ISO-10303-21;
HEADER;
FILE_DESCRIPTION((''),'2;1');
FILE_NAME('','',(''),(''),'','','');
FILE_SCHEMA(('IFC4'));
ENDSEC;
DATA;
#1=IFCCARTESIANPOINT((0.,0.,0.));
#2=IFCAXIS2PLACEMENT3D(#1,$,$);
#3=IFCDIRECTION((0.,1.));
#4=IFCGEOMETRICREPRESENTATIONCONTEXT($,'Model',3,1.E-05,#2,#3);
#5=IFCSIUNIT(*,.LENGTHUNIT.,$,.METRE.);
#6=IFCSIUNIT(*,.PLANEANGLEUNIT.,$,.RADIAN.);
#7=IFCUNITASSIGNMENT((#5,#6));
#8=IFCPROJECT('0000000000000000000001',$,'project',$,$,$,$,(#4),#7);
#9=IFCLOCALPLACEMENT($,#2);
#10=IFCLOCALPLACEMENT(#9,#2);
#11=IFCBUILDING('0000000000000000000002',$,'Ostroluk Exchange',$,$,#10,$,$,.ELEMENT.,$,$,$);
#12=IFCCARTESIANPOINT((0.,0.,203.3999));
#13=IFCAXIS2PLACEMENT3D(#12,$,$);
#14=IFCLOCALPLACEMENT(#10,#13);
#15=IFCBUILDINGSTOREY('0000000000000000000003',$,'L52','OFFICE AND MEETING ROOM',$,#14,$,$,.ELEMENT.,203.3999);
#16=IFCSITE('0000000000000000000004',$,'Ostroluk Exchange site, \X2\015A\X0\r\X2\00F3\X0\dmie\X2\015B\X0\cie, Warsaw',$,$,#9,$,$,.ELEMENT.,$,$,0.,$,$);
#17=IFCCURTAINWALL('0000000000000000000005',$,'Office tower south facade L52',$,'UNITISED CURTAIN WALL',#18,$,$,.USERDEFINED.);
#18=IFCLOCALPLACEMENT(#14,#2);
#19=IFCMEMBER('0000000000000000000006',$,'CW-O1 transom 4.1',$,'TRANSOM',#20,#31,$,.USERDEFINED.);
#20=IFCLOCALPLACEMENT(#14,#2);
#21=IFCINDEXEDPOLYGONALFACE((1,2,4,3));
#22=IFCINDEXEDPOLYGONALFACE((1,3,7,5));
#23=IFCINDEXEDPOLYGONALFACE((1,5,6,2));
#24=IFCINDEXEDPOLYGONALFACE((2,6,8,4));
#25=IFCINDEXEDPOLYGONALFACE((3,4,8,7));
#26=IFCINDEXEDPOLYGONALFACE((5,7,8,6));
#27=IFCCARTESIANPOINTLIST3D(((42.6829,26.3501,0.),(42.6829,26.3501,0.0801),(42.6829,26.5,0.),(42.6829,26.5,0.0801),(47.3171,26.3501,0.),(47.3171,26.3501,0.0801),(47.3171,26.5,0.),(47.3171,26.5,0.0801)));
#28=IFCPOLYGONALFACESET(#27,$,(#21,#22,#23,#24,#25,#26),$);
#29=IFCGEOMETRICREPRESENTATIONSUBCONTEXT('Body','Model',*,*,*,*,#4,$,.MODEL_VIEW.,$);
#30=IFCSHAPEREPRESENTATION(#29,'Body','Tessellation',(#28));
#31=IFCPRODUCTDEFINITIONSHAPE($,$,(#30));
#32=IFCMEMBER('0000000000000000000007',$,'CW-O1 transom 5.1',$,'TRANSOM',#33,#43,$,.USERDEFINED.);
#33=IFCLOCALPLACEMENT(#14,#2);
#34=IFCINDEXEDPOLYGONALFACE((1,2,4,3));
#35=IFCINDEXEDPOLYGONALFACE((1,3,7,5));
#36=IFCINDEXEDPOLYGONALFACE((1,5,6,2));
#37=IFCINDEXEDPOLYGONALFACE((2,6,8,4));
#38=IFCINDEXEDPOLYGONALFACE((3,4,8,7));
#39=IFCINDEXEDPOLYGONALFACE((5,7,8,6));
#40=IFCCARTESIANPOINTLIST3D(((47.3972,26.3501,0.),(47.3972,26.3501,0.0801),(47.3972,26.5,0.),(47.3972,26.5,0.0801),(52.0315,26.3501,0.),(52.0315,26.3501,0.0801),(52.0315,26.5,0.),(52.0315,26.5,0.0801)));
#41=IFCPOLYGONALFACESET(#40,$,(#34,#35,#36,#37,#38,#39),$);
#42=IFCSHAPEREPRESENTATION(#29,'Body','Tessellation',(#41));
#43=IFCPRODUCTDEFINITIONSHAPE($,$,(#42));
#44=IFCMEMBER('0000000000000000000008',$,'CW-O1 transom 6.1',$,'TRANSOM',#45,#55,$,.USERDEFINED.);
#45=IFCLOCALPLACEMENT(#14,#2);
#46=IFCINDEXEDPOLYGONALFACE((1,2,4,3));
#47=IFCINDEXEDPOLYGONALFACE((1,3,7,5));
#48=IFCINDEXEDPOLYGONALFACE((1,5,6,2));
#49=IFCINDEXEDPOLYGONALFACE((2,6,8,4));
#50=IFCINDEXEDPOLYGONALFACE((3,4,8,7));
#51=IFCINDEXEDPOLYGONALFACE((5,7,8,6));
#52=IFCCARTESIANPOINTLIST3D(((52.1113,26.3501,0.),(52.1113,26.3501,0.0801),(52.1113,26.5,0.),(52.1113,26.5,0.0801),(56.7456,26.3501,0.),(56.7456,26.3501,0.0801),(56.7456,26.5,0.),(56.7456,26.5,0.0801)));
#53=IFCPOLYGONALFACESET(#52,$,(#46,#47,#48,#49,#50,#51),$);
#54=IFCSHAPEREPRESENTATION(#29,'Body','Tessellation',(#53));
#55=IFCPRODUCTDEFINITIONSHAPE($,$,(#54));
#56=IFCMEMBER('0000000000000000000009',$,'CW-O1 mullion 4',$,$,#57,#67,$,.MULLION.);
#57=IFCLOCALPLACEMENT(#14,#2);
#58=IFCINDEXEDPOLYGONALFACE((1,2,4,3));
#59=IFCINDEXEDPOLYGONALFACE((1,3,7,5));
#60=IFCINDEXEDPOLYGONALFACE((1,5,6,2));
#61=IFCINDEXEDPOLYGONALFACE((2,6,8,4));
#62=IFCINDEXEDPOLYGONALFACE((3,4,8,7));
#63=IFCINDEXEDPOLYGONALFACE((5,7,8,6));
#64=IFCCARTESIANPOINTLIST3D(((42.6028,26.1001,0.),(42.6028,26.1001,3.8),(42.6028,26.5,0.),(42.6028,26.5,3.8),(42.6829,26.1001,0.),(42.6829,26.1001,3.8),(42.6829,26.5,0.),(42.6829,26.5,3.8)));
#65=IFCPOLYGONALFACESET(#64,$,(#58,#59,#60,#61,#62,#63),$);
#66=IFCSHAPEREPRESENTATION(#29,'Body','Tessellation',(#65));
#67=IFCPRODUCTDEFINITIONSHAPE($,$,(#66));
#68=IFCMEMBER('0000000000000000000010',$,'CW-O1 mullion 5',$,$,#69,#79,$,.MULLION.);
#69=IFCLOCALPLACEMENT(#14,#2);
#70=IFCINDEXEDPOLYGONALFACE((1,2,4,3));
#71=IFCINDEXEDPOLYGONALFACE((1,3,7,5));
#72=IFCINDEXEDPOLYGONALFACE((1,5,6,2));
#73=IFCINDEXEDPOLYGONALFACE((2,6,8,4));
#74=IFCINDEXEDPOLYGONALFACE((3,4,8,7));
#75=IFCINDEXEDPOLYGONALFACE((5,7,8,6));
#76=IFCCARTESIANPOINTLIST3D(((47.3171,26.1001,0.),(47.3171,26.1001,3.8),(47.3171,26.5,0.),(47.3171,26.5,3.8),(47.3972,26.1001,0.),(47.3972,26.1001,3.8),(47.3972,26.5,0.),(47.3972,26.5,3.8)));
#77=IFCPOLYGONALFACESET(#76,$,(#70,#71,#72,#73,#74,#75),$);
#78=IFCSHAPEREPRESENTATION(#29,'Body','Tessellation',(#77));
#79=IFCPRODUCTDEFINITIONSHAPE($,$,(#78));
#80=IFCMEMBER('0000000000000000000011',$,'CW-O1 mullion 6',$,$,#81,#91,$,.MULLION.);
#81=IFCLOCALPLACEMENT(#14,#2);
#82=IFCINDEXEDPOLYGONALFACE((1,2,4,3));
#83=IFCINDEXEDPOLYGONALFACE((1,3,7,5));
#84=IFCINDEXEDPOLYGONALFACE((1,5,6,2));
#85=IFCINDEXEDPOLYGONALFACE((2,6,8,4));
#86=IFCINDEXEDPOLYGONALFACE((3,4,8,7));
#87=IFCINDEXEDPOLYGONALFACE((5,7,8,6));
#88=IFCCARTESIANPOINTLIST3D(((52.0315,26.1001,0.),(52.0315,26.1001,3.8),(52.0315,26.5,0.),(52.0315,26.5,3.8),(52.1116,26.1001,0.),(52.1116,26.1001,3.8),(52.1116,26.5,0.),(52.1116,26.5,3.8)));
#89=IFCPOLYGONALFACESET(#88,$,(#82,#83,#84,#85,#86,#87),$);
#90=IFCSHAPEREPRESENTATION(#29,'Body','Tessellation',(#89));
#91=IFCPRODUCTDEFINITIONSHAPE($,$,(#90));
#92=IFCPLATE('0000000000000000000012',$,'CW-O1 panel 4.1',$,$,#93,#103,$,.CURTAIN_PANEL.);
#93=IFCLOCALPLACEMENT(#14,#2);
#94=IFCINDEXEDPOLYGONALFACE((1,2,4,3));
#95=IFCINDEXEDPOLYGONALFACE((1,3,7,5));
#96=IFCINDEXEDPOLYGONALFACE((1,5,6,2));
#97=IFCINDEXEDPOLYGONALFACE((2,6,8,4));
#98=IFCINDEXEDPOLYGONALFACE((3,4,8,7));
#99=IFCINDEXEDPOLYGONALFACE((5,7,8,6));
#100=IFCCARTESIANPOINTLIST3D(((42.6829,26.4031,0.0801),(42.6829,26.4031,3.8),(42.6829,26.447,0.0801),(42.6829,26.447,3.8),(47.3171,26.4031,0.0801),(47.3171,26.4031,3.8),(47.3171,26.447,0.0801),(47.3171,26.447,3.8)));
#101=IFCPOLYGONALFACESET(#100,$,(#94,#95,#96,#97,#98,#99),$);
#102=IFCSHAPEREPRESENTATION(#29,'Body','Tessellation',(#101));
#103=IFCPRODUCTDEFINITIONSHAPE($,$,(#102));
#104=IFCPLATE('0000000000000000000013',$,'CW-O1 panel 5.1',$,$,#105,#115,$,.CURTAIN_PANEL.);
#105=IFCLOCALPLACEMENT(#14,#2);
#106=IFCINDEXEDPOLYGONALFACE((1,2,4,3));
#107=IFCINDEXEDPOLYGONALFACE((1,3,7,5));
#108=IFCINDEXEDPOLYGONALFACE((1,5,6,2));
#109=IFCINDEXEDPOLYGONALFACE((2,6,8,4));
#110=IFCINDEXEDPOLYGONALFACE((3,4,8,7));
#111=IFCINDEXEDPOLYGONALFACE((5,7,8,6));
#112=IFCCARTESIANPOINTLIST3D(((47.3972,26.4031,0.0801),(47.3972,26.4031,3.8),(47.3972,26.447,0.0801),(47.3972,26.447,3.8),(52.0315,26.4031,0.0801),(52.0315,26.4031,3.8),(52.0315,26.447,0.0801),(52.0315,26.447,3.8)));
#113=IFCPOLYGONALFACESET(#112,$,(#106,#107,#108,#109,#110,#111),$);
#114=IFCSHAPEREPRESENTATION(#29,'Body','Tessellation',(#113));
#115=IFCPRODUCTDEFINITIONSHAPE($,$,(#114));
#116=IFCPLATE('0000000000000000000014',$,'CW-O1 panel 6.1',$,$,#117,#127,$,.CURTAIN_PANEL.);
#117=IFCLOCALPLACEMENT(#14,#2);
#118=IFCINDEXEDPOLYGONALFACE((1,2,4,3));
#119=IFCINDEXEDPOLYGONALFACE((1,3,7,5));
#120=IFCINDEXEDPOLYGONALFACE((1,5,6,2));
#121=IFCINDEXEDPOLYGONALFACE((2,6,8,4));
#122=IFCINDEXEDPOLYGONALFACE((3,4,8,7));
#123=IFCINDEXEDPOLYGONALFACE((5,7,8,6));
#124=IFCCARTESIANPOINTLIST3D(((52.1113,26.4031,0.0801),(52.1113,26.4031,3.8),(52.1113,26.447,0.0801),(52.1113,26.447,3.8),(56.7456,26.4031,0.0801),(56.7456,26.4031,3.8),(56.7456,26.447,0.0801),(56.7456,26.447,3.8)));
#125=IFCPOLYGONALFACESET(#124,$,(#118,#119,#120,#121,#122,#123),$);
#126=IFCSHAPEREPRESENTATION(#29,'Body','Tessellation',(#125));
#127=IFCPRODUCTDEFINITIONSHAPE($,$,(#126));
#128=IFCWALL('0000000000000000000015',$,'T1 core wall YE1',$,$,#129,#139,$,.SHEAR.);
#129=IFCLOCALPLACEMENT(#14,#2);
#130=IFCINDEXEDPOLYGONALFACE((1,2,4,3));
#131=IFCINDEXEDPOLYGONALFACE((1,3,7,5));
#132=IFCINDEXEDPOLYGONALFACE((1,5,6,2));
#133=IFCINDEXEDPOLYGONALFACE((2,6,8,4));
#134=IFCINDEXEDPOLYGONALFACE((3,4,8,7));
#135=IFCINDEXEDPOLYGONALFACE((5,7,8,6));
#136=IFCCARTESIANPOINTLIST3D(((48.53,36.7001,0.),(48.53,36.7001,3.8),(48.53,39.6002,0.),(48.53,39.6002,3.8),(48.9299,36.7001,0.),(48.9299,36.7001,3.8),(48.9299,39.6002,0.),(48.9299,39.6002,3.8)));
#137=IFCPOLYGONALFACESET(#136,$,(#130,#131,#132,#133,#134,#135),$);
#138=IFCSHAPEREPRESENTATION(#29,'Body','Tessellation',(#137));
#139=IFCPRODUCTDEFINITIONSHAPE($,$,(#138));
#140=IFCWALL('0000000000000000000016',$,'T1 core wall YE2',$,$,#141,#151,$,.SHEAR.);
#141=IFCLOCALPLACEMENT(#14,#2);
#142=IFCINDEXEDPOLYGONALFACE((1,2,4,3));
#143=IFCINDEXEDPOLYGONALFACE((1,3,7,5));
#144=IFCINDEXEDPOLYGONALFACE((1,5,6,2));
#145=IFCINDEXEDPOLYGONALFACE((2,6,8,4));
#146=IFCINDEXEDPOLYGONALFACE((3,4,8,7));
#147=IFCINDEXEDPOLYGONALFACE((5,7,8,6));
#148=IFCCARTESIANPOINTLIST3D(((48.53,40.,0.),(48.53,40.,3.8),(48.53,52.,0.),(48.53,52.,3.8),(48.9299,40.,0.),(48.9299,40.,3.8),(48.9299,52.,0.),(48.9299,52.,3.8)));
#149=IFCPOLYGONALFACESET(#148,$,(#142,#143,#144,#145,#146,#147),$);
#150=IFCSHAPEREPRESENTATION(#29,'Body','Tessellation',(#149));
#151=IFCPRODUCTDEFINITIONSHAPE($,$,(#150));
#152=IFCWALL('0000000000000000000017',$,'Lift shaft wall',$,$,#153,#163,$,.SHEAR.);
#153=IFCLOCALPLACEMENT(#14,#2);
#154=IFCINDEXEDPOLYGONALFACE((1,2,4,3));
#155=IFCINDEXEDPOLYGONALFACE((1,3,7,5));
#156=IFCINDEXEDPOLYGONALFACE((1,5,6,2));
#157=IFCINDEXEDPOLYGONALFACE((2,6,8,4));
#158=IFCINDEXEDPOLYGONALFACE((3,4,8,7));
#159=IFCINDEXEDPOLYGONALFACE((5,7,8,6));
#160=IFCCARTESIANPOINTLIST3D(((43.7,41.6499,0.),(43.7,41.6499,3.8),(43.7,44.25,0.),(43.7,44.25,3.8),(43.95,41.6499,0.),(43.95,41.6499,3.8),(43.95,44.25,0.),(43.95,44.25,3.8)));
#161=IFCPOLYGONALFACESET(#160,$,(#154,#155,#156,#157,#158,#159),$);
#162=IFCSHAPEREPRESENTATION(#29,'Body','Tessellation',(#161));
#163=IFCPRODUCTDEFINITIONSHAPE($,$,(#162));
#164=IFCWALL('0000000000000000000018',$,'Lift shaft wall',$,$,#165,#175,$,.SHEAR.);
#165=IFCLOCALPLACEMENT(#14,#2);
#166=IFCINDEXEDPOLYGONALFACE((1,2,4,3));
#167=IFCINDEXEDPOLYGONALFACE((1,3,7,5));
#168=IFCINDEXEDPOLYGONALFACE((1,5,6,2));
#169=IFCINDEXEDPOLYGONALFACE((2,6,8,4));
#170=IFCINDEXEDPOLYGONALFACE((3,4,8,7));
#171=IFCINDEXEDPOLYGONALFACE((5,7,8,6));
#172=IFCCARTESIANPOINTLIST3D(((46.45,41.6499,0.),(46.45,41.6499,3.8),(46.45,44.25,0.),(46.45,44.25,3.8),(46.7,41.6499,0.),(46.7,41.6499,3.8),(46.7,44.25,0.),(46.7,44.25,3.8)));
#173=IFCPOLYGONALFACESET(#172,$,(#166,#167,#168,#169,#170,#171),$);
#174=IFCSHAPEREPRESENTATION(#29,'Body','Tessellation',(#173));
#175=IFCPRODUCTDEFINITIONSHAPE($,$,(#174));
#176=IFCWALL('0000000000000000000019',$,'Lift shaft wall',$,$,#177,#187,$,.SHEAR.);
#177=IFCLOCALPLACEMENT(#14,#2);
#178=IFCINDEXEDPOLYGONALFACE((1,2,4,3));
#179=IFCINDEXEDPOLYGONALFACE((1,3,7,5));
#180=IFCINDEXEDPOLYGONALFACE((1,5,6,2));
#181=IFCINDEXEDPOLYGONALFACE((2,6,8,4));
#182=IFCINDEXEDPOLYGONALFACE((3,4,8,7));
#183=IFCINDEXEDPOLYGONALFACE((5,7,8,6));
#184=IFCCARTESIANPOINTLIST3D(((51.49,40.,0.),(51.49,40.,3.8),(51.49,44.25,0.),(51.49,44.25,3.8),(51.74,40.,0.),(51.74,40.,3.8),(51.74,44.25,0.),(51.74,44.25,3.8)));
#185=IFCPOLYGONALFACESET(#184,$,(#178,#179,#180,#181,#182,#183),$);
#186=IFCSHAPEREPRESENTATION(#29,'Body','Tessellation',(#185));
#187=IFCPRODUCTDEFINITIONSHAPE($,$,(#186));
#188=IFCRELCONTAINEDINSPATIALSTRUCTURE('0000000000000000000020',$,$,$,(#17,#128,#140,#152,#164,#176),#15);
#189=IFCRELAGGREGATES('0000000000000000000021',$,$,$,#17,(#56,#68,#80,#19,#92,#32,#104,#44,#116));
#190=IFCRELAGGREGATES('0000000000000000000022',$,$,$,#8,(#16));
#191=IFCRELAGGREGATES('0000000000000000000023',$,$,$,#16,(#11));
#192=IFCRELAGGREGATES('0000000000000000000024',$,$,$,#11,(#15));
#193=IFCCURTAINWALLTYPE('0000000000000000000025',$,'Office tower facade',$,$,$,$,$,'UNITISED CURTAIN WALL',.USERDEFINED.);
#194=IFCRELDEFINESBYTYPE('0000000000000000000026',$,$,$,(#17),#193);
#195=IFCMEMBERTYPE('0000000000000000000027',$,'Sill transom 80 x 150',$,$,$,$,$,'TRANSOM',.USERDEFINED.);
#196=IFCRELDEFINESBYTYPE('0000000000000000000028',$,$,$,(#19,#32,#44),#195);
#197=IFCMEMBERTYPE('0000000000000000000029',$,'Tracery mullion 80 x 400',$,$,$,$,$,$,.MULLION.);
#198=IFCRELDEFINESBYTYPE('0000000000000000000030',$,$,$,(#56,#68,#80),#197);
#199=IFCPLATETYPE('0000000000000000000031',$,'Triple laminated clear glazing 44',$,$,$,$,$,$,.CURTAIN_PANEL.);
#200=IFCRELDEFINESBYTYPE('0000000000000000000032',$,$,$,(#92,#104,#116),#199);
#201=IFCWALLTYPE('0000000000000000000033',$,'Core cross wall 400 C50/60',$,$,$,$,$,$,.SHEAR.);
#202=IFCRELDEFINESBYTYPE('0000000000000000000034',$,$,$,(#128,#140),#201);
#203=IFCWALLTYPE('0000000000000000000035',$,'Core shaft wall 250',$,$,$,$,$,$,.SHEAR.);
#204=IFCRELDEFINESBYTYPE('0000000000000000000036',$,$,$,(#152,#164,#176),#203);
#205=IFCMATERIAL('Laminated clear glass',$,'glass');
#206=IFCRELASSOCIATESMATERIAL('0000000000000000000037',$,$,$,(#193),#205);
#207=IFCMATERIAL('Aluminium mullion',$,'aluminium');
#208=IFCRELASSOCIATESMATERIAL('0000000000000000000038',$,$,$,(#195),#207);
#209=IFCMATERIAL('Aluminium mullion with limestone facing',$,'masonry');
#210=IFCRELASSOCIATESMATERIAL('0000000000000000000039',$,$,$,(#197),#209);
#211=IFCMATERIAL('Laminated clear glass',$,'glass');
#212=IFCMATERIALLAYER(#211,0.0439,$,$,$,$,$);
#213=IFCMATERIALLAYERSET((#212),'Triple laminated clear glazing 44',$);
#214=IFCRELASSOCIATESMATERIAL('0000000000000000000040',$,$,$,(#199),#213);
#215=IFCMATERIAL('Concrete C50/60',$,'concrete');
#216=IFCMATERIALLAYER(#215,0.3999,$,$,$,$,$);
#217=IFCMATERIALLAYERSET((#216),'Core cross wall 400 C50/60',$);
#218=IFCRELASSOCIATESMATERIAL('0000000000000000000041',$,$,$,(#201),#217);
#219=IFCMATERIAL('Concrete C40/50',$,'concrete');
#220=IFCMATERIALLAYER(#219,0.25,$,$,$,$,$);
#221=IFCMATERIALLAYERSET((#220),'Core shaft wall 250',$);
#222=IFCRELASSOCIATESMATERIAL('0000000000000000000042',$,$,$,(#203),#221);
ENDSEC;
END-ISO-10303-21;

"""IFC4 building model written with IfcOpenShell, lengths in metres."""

from ifc_helpers import new_model, si_unit, direction, frame, frame_2d, origin, origin_2d, place, context, subcontext, project, spatial, rectangle, extrude, material, layer, layer_set, material_profile, profile_set, type_object, element, aggregate, save


model = new_model("IFC4")

# Units and contexts
model_context = context("Model", 3, precision=1e-05, world=origin(), true_north=direction((0.0, 1.0)))
body_context = subcontext(model_context, "Body", "Model", "MODEL_VIEW")
ifc_project = project(units=[si_unit("LENGTHUNIT", "METRE"), si_unit("PLANEANGLEUNIT", "RADIAN")], contexts=[model_context])

# Site, building, storey
site_placement = place(None, origin())
site = spatial("IfcSite", under=ifc_project, at=site_placement, Name="Ostroluk Exchange site, Śródmieście, Warsaw", CompositionType="ELEMENT", RefElevation=0.0)
building_placement = place(site_placement, origin())
building = spatial("IfcBuilding", under=site, at=building_placement, Name="Ostroluk Exchange", CompositionType="ELEMENT")
storey_placement = place(building_placement, frame((0.0, 0.0, 203.3999)))
storey = spatial("IfcBuildingStorey", under=building, at=storey_placement, Name="L52", Description="OFFICE AND MEETING ROOM", CompositionType="ELEMENT", Elevation=203.3999)

# Curtain wall, members, plates
ifc_material_1 = material(Name="Laminated clear glass", Category="glass")
curtain_wall_type = type_object("IfcCurtainWallType", Name="Office tower facade", ElementType="UNITISED CURTAIN WALL", PredefinedType="USERDEFINED", material=ifc_material_1)
curtain_wall_placement = place(storey_placement, origin())
curtain_wall = element("IfcCurtainWall", 1, at=curtain_wall_placement, inside=storey, type_object=curtain_wall_type, Name="Office tower south facade L52", ObjectType="UNITISED CURTAIN WALL", PredefinedType="USERDEFINED")
ifc_material_2 = material(Name="Aluminium mullion", Category="aluminium")
ifc_material_profile_1 = material_profile(ifc_material_2, rectangle(XDim=0.1499, YDim=0.0801, at=origin_2d()), Name="Sill transom 80 x 150")
ifc_profile_set_1 = profile_set([ifc_material_profile_1], Name="Aluminium mullion")
member_type_1 = type_object("IfcMemberType", Name="Sill transom 80 x 150", ElementType="TRANSOM", PredefinedType="USERDEFINED", material=ifc_profile_set_1)
member_1_placement = place(storey_placement, frame((42.6829, 26.425, 0.04), z_axis=(1.0, 0.0, 0.0), x_axis=(0.0, 1.0, 0.0)))
member_1 = element("IfcMember", 2, at=member_1_placement, type_object=member_type_1, Name="CW-O1 transom 4.1", ObjectType="TRANSOM", PredefinedType="USERDEFINED", context=body_context, shape_type="SweptSolid", body=[
    extrude(rectangle(XDim=0.1499, YDim=0.0801, at=origin_2d()), origin(), (0.0, 0.0, 1.0), 4.6343),
])
member_2_placement = place(storey_placement, frame((47.3972, 26.425, 0.04), z_axis=(1.0, 0.0, 0.0), x_axis=(0.0, 1.0, 0.0)))
member_2 = element("IfcMember", 3, at=member_2_placement, type_object=member_type_1, Name="CW-O1 transom 5.1", ObjectType="TRANSOM", PredefinedType="USERDEFINED", context=body_context, shape_type="SweptSolid", body=[
    extrude(rectangle(XDim=0.1499, YDim=0.0801, at=origin_2d()), origin(), (0.0, 0.0, 1.0), 4.6343),
])
member_3_placement = place(storey_placement, frame((52.1113, 26.425, 0.04), z_axis=(1.0, 0.0, 0.0), x_axis=(0.0, 1.0, 0.0)))
member_3 = element("IfcMember", 4, at=member_3_placement, type_object=member_type_1, Name="CW-O1 transom 6.1", ObjectType="TRANSOM", PredefinedType="USERDEFINED", context=body_context, shape_type="SweptSolid", body=[
    extrude(rectangle(XDim=0.1499, YDim=0.0801, at=origin_2d()), origin(), (0.0, 0.0, 1.0), 4.6343),
])
ifc_material_3 = material(Name="Aluminium mullion with limestone facing", Category="masonry")
ifc_material_profile_2 = material_profile(ifc_material_3, rectangle(XDim=0.3999, YDim=0.0801, at=origin_2d()), Name="Tracery mullion 80 x 400")
ifc_profile_set_2 = profile_set([ifc_material_profile_2], Name="Aluminium mullion with limestone facing")
member_type_2 = type_object("IfcMemberType", Name="Tracery mullion 80 x 400", PredefinedType="MULLION", material=ifc_profile_set_2)
member_4_placement = place(storey_placement, frame((42.6428, 26.3, 0.0), z_axis=(0.0, 0.0, 1.0), x_axis=(0.0, 1.0, 0.0)))
member_4 = element("IfcMember", 5, at=member_4_placement, type_object=member_type_2, Name="CW-O1 mullion 4", PredefinedType="MULLION", context=body_context, shape_type="SweptSolid", body=[
    extrude(rectangle(XDim=0.3999, YDim=0.0801, at=origin_2d()), origin(), (0.0, 0.0, 1.0), 3.8),
])
member_5_placement = place(storey_placement, frame((47.3572, 26.3, 0.0), z_axis=(0.0, 0.0, 1.0), x_axis=(0.0, 1.0, 0.0)))
member_5 = element("IfcMember", 6, at=member_5_placement, type_object=member_type_2, Name="CW-O1 mullion 5", PredefinedType="MULLION", context=body_context, shape_type="SweptSolid", body=[
    extrude(rectangle(XDim=0.3999, YDim=0.0801, at=origin_2d()), origin(), (0.0, 0.0, 1.0), 3.8),
])
member_6_placement = place(storey_placement, frame((52.0715, 26.3, 0.0), z_axis=(0.0, 0.0, 1.0), x_axis=(0.0, 1.0, 0.0)))
member_6 = element("IfcMember", 7, at=member_6_placement, type_object=member_type_2, Name="CW-O1 mullion 6", PredefinedType="MULLION", context=body_context, shape_type="SweptSolid", body=[
    extrude(rectangle(XDim=0.3999, YDim=0.0801, at=origin_2d()), origin(), (0.0, 0.0, 1.0), 3.8),
])
ifc_material_4 = material(Name="Laminated clear glass", Category="glass")
ifc_layer_1 = layer(ifc_material_4, 0.0439)
ifc_layer_set_1 = layer_set([ifc_layer_1], Name="Triple laminated clear glazing 44")
plate_type = type_object("IfcPlateType", Name="Triple laminated clear glazing 44", PredefinedType="CURTAIN_PANEL", material=ifc_layer_set_1)
plate_1_placement = place(storey_placement, frame((45.0, 26.425, 0.0801), z_axis=(0.0, 0.0, 1.0), x_axis=(1.0, 0.0, 0.0)))
plate_1 = element("IfcPlate", 8, at=plate_1_placement, type_object=plate_type, Name="CW-O1 panel 4.1", PredefinedType="CURTAIN_PANEL", context=body_context, shape_type="SweptSolid", body=[
    extrude(rectangle(XDim=4.6343, YDim=0.0439, at=origin_2d()), origin(), (0.0, 0.0, 1.0), 3.72),
])
plate_2_placement = place(storey_placement, frame((49.7144, 26.425, 0.0801), z_axis=(0.0, 0.0, 1.0), x_axis=(1.0, 0.0, 0.0)))
plate_2 = element("IfcPlate", 9, at=plate_2_placement, type_object=plate_type, Name="CW-O1 panel 5.1", PredefinedType="CURTAIN_PANEL", context=body_context, shape_type="SweptSolid", body=[
    extrude(rectangle(XDim=4.6343, YDim=0.0439, at=origin_2d()), origin(), (0.0, 0.0, 1.0), 3.72),
])
plate_3_placement = place(storey_placement, frame((54.4285, 26.425, 0.0801), z_axis=(0.0, 0.0, 1.0), x_axis=(1.0, 0.0, 0.0)))
plate_3 = element("IfcPlate", 10, at=plate_3_placement, type_object=plate_type, Name="CW-O1 panel 6.1", PredefinedType="CURTAIN_PANEL", context=body_context, shape_type="SweptSolid", body=[
    extrude(rectangle(XDim=4.6343, YDim=0.0439, at=origin_2d()), origin(), (0.0, 0.0, 1.0), 3.72),
])
aggregate(curtain_wall, [member_4, member_5, member_6, member_1, plate_1, member_2, plate_2, member_3, plate_3])

# Walls
ifc_material_5 = material(Name="Concrete C50/60", Category="concrete")
ifc_layer_2 = layer(ifc_material_5, 0.3999)
ifc_layer_set_2 = layer_set([ifc_layer_2], Name="Core cross wall 400 C50/60")
wall_type_1 = type_object("IfcWallType", Name="Core cross wall 400 C50/60", PredefinedType="SHEAR", material=ifc_layer_set_2)
wall_1_placement = place(storey_placement, frame((48.73, 36.7, 0.0), z_axis=(0.0, 0.0, 1.0), x_axis=(0.0, 1.0, 0.0)))
element("IfcWall", 11, at=wall_1_placement, inside=storey, type_object=wall_type_1, Name="T1 core wall YE1", PredefinedType="SHEAR", context=body_context, shape_type="SweptSolid", body=[
    extrude(rectangle(XDim=2.9001, YDim=0.3999, at=frame_2d((1.4502, 0.0))), origin(), (0.0, 0.0, 1.0), 3.8),
])
wall_2_placement = place(storey_placement, frame((48.73, 40.0, 0.0), z_axis=(0.0, 0.0, 1.0), x_axis=(0.0, 1.0, 0.0)))
element("IfcWall", 12, at=wall_2_placement, inside=storey, type_object=wall_type_1, Name="T1 core wall YE2", PredefinedType="SHEAR", context=body_context, shape_type="SweptSolid", body=[
    extrude(rectangle(XDim=12.0, YDim=0.3999, at=frame_2d((6.0, 0.0))), origin(), (0.0, 0.0, 1.0), 3.8),
])

# Shared definitions
ifc_material_6 = material(Name="Concrete C40/50", Category="concrete")
ifc_layer_3 = layer(ifc_material_6, 0.25)
ifc_layer_set_3 = layer_set([ifc_layer_3], Name="Core shaft wall 250")
wall_type_2 = type_object("IfcWallType", Name="Core shaft wall 250", PredefinedType="SHEAR", material=ifc_layer_set_3)

# Walls
for number, where, z_axis, x_axis, name in (
    (13, (43.825, 44.25, 0.0), (0.0, 0.0, 1.0), (0.0, -1.0, 0.0), "Lift shaft wall"),
    (14, (46.575, 44.25, 0.0), (0.0, 0.0, 1.0), (0.0, -1.0, 0.0), "Lift shaft wall"),
):
    element("IfcWall", number, at=place(storey_placement, frame(where, z_axis=z_axis, x_axis=x_axis)), inside=storey, type_object=wall_type_2, Name=name, PredefinedType="SHEAR", context=body_context, shape_type="SweptSolid", body=[
        extrude(rectangle(XDim=2.6001, YDim=0.25, at=frame_2d((1.3, 0.0))), origin(), (0.0, 0.0, 1.0), 3.8),
    ])
wall_3_placement = place(storey_placement, frame((51.615, 44.25, 0.0), z_axis=(0.0, 0.0, 1.0), x_axis=(0.0, -1.0, 0.0)))
element("IfcWall", 15, at=wall_3_placement, inside=storey, type_object=wall_type_2, Name="Lift shaft wall", PredefinedType="SHEAR", context=body_context, shape_type="SweptSolid", body=[
    extrude(rectangle(XDim=4.25, YDim=0.25, at=frame_2d((2.125, 0.0))), origin(), (0.0, 0.0, 1.0), 3.8),
])

save(model, "model.ifc")
